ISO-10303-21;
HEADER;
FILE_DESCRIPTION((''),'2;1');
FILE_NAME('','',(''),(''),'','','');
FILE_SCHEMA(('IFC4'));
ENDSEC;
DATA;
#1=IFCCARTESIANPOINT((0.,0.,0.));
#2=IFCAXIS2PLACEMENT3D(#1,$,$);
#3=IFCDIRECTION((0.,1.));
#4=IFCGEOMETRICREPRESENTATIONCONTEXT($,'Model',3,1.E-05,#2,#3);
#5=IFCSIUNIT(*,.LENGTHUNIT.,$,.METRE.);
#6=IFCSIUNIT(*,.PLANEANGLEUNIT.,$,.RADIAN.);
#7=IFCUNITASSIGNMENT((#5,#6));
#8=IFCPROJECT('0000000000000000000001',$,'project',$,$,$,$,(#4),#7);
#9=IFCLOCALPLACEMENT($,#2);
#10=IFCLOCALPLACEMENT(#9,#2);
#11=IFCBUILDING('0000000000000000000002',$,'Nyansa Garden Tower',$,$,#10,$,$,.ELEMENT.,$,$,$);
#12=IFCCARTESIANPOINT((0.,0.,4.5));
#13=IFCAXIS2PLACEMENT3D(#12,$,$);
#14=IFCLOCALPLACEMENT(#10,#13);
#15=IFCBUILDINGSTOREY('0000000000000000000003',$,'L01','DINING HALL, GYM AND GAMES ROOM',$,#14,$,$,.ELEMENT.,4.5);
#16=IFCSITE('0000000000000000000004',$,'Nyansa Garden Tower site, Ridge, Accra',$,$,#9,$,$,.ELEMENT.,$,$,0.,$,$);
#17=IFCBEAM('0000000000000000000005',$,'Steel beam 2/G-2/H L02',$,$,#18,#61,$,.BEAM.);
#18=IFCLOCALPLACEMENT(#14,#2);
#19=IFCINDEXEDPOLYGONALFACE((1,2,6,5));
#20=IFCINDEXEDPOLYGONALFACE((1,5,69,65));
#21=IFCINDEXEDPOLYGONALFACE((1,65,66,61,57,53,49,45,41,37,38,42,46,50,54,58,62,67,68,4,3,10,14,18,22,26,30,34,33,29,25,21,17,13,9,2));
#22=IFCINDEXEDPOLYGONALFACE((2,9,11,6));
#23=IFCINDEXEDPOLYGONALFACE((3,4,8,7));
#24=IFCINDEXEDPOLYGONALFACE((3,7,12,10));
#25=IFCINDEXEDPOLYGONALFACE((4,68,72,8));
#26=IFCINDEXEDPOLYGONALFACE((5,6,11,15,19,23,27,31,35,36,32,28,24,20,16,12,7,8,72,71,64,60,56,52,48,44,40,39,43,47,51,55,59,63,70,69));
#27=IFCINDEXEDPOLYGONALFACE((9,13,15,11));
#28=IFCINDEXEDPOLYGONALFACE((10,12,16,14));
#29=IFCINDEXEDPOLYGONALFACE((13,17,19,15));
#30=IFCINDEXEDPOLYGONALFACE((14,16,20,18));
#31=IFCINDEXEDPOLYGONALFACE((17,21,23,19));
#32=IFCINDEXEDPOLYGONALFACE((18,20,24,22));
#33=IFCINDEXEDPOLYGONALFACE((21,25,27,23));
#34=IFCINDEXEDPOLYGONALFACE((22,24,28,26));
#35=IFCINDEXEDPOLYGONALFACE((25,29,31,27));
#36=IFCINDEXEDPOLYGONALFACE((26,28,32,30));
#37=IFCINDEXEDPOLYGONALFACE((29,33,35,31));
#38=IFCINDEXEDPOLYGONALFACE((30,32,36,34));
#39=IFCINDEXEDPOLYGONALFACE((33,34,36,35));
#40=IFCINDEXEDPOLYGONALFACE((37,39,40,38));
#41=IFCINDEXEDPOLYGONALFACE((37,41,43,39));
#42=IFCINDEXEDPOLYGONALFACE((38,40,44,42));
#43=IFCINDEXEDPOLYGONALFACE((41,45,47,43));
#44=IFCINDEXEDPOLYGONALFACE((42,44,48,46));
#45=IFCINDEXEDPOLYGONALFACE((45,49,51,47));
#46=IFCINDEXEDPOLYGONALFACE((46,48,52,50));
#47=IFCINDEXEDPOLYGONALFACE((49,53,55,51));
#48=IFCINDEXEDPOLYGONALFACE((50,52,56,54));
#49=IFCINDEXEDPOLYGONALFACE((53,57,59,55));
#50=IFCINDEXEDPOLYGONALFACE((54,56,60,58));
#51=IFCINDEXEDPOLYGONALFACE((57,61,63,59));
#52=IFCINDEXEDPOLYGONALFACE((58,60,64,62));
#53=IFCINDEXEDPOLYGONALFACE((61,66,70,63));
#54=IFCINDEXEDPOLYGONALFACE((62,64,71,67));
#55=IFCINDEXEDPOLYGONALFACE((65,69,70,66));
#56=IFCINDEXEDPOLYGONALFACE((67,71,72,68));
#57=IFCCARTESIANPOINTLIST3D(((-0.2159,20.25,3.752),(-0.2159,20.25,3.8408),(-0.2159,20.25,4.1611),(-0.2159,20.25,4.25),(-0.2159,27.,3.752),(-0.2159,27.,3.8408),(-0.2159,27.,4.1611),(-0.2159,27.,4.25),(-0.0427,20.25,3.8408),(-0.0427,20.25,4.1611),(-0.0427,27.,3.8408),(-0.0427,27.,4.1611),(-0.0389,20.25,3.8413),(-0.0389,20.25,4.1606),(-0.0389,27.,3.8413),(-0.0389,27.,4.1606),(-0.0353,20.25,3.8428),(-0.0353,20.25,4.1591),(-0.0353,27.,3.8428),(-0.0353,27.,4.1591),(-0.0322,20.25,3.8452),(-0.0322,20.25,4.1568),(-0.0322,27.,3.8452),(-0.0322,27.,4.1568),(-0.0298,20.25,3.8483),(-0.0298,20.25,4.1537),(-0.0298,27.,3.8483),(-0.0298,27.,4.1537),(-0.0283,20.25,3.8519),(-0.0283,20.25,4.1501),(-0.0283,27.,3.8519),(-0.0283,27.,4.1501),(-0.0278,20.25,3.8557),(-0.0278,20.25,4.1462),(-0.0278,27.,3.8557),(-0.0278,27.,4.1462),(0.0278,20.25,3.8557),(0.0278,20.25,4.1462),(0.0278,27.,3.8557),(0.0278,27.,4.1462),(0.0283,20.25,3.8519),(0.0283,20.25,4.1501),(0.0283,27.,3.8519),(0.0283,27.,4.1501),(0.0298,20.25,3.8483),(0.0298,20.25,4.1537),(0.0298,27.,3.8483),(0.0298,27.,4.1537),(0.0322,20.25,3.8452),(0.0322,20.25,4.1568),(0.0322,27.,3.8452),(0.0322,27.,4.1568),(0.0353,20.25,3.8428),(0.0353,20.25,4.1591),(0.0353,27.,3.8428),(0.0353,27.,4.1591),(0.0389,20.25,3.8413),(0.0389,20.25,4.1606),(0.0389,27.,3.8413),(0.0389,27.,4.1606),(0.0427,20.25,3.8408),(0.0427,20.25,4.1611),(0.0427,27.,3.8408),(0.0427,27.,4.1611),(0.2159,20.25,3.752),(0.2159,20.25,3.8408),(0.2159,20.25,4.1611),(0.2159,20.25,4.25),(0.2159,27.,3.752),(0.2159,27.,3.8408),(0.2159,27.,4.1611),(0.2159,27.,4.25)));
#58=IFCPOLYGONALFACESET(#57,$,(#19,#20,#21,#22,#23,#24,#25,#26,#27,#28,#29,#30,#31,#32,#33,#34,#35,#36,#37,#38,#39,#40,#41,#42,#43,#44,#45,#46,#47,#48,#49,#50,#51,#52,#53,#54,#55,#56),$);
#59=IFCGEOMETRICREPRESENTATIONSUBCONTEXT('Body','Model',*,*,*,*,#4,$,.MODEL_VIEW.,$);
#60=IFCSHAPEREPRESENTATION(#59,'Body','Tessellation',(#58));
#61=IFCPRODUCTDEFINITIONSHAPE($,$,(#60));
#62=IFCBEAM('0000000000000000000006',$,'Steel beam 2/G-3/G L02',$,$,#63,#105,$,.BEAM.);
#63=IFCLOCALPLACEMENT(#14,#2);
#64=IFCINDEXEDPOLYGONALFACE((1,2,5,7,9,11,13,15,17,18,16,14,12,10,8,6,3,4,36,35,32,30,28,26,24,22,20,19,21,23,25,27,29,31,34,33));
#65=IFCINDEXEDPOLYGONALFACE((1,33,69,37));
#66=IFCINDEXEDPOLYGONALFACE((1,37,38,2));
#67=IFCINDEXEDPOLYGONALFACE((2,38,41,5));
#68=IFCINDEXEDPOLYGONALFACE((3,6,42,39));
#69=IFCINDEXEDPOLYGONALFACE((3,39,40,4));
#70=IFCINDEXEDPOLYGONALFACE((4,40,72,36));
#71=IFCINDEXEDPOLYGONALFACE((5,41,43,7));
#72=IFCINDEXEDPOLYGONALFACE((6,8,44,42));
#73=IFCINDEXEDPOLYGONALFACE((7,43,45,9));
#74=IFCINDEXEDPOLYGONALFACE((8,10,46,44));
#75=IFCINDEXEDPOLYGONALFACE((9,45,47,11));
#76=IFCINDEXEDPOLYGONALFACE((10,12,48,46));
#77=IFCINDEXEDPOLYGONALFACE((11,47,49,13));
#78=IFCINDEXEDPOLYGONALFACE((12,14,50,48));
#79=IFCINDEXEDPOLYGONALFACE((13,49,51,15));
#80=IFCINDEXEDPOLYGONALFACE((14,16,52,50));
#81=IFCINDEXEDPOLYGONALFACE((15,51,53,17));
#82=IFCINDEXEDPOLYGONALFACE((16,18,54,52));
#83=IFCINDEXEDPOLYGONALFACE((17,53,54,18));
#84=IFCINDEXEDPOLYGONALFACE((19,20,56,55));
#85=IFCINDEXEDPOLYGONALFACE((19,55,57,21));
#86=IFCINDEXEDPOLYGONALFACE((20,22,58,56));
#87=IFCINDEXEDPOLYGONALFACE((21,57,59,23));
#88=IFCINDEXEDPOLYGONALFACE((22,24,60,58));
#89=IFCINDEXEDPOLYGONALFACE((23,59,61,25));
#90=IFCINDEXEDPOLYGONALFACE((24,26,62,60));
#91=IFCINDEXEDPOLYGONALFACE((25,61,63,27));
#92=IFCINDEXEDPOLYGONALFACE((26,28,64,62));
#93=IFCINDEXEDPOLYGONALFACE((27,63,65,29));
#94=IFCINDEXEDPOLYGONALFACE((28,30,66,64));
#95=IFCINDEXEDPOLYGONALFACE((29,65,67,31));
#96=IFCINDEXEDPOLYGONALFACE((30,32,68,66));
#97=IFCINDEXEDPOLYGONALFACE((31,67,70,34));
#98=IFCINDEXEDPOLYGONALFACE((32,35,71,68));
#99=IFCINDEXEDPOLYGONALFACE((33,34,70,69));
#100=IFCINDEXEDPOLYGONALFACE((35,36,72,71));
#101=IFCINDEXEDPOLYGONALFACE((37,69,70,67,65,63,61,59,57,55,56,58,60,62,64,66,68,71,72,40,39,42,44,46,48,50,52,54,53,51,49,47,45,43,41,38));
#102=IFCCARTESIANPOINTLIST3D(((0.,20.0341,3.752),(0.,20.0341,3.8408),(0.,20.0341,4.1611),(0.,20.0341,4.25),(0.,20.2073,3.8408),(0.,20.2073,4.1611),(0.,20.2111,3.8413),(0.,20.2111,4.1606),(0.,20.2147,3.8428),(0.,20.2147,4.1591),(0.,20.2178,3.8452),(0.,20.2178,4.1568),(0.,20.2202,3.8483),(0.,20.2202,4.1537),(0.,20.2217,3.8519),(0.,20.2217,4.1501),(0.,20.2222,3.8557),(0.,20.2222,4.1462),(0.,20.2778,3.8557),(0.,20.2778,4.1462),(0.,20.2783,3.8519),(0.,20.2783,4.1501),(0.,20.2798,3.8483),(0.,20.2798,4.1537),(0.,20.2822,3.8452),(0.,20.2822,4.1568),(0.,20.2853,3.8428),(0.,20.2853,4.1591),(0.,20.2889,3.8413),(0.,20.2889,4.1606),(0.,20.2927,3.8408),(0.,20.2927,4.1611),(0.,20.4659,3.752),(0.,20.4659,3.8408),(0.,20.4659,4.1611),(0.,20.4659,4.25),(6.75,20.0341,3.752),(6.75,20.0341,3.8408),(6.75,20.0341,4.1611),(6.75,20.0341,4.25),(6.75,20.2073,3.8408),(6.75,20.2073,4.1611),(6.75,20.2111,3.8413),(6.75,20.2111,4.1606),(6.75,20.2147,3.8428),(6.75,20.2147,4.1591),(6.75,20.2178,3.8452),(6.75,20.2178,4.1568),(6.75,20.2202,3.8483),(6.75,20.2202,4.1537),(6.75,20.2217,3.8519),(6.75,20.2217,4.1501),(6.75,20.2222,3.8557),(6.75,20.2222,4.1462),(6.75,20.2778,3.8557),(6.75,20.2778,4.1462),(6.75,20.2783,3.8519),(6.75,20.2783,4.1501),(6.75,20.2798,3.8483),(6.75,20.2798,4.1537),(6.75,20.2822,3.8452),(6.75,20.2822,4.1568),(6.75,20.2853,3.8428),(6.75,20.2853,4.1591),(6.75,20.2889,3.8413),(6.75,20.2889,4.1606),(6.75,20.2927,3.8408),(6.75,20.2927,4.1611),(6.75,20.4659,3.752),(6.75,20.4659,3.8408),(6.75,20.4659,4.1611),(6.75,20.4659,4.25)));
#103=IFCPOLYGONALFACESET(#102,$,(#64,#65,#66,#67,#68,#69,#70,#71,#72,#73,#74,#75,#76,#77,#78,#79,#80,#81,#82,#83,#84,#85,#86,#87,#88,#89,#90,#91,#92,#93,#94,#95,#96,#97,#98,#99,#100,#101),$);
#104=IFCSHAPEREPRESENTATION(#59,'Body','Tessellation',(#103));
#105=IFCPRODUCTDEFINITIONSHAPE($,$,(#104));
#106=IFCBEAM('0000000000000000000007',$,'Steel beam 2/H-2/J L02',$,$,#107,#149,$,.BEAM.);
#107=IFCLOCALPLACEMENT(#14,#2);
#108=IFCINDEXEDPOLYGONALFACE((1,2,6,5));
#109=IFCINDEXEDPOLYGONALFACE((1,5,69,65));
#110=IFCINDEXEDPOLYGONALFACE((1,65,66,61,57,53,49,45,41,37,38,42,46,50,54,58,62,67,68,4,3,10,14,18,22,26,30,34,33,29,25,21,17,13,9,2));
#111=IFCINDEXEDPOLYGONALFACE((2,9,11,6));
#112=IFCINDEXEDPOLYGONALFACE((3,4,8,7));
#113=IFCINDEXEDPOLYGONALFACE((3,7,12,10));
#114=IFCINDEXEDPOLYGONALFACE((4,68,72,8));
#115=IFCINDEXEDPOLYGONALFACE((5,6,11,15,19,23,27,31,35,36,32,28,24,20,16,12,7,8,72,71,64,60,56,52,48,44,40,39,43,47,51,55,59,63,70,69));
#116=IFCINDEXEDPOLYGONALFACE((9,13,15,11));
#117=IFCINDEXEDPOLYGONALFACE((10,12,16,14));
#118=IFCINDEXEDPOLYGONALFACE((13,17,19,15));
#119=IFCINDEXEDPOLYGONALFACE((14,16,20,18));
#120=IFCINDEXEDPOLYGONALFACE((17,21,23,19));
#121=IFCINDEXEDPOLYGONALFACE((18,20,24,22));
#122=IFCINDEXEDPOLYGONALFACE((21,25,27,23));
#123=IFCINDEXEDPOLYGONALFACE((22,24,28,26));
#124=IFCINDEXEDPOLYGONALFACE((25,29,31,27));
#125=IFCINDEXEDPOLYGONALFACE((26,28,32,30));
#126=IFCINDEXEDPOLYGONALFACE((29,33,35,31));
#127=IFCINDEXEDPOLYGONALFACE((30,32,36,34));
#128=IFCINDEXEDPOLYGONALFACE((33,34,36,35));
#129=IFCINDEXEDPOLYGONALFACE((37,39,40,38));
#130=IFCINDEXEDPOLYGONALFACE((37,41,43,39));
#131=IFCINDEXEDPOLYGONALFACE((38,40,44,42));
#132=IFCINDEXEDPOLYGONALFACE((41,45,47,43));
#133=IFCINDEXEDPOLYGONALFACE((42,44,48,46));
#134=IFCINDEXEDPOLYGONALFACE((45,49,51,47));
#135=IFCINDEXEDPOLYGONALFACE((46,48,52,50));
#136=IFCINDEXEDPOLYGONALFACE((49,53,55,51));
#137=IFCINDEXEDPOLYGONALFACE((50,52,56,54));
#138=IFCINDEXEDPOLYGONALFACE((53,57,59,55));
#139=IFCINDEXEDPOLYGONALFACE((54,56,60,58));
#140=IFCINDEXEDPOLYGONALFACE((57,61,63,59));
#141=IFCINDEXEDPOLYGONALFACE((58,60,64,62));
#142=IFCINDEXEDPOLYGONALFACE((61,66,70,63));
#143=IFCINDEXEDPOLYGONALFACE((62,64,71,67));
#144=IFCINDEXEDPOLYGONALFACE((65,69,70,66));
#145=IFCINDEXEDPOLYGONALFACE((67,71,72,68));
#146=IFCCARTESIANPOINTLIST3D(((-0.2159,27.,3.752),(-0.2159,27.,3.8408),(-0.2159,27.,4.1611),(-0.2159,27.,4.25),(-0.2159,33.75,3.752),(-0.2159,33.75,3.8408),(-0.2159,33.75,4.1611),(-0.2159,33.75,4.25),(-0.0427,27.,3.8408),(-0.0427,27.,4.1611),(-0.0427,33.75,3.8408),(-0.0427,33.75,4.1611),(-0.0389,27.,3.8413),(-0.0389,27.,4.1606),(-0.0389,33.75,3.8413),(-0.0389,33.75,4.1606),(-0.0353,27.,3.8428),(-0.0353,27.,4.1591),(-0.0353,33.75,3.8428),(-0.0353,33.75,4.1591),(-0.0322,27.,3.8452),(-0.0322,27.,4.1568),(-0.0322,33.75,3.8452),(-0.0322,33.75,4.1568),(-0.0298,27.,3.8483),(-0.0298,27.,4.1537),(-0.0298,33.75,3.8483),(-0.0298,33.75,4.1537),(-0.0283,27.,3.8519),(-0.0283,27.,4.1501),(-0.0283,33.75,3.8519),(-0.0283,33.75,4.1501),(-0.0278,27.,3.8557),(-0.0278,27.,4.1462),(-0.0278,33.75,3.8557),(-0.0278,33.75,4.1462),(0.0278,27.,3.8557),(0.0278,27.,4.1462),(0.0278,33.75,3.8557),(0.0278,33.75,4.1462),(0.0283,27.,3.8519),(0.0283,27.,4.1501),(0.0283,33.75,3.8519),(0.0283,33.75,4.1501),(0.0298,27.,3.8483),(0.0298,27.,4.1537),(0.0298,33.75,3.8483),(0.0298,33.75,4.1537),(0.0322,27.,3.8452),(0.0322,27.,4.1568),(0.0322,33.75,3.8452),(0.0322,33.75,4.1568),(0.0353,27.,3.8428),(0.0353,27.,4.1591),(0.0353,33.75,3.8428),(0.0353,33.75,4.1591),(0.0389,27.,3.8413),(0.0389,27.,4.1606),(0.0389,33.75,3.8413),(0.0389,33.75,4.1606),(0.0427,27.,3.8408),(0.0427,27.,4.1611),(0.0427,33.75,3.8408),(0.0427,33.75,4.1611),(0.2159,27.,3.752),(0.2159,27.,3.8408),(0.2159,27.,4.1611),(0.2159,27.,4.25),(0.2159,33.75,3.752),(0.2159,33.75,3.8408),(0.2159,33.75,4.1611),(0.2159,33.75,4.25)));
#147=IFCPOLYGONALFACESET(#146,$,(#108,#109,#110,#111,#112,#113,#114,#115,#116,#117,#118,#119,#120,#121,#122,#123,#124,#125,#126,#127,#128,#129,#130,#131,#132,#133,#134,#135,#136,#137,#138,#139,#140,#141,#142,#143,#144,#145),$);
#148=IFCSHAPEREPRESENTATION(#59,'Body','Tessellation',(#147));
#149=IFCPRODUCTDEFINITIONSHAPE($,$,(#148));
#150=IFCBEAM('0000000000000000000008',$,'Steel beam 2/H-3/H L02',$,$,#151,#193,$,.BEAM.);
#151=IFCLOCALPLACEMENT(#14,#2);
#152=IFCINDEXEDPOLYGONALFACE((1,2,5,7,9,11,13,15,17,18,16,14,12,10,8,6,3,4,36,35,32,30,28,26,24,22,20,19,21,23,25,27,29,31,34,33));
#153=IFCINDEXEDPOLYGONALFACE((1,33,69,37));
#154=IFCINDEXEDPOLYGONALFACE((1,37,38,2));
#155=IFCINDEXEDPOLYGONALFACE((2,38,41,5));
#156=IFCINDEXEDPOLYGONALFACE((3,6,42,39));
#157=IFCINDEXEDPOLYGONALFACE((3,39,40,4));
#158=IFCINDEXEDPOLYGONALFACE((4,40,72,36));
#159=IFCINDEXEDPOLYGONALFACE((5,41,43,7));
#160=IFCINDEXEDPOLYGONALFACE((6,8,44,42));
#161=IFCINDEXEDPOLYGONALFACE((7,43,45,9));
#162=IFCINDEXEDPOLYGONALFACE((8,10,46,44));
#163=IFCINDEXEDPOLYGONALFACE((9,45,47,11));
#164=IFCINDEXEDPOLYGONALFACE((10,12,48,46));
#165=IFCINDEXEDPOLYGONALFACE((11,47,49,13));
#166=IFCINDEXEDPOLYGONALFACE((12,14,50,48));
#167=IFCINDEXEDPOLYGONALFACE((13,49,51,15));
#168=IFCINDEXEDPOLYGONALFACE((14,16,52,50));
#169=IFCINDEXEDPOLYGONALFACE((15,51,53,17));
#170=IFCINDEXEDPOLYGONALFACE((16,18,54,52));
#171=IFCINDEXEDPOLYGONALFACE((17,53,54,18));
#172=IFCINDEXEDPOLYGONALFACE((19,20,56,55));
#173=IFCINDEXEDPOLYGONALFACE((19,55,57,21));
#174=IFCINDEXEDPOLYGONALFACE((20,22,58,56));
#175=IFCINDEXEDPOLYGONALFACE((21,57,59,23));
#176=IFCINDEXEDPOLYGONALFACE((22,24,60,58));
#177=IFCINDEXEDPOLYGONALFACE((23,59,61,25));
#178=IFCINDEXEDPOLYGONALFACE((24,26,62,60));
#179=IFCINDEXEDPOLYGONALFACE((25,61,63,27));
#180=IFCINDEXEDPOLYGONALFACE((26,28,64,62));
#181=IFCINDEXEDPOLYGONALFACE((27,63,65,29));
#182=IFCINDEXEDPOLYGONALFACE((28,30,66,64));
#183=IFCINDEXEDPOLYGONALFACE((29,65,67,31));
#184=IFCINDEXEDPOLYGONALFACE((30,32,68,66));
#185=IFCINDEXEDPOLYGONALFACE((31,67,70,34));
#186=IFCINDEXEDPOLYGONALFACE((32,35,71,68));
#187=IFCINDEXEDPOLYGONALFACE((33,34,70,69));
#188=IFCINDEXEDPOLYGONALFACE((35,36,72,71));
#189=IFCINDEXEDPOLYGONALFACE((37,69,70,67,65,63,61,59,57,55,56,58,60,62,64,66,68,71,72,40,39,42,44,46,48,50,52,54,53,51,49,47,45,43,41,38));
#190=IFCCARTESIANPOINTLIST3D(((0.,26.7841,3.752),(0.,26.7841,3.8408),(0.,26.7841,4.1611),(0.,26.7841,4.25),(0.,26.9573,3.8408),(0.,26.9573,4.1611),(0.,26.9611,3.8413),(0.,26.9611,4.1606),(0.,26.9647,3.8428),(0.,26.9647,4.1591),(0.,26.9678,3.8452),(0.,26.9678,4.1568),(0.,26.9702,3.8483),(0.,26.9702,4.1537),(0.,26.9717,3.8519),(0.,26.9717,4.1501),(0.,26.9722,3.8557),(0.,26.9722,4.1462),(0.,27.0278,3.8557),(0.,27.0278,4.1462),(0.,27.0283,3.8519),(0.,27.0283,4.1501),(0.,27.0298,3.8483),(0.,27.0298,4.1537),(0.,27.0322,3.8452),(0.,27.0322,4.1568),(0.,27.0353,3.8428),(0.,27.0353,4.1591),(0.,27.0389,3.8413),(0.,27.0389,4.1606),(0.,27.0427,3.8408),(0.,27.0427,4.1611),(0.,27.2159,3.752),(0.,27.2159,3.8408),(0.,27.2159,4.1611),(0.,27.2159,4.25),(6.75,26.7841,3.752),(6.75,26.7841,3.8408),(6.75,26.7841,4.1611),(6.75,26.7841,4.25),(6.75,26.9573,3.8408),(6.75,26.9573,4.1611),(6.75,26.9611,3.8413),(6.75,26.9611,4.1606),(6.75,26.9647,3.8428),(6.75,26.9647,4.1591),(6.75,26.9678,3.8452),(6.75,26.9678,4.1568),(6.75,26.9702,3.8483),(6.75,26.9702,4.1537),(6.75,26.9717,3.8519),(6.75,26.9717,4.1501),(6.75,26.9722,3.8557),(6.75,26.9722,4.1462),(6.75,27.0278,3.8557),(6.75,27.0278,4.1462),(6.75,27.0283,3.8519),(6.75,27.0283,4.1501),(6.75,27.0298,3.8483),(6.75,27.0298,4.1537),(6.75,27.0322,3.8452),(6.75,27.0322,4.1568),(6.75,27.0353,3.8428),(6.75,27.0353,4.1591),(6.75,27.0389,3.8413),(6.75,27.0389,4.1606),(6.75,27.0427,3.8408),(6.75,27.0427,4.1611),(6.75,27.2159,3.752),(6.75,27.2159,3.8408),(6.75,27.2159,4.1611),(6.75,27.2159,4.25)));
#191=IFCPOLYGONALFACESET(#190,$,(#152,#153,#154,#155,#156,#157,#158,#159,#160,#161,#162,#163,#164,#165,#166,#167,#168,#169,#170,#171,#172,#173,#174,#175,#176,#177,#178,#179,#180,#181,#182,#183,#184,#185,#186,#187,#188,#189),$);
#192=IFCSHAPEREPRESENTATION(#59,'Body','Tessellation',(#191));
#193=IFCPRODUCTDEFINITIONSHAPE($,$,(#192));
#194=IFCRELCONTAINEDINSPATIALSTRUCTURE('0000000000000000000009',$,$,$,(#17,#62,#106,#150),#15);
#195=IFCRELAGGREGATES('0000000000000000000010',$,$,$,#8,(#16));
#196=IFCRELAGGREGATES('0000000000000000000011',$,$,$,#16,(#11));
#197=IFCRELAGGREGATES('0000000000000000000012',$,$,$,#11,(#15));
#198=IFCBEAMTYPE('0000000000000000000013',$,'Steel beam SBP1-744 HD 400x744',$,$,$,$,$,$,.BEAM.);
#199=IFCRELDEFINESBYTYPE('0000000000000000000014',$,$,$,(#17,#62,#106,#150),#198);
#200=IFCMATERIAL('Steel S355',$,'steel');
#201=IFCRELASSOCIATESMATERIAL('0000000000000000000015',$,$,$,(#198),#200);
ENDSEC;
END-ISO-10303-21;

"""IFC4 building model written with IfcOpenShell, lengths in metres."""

from ifc_helpers import new_model, si_unit, direction, frame, origin, origin_2d, place, context, subcontext, project, spatial, i_section, extrude, material, material_profile, profile_set, type_object, element, save


model = new_model("IFC4")

# Units and contexts
model_context = context("Model", 3, precision=1e-05, world=origin(), true_north=direction((0.0, 1.0)))
body_context = subcontext(model_context, "Body", "Model", "MODEL_VIEW")
ifc_project = project(units=[si_unit("LENGTHUNIT", "METRE"), si_unit("PLANEANGLEUNIT", "RADIAN")], contexts=[model_context])

# Site, building, storey
site_placement = place(None, origin())
site = spatial("IfcSite", under=ifc_project, at=site_placement, Name="Nyansa Garden Tower site, Ridge, Accra", CompositionType="ELEMENT", RefElevation=0.0)
building_placement = place(site_placement, origin())
building = spatial("IfcBuilding", under=site, at=building_placement, Name="Nyansa Garden Tower", CompositionType="ELEMENT")
storey_placement = place(building_placement, frame((0.0, 0.0, 4.5)))
storey = spatial("IfcBuildingStorey", under=building, at=storey_placement, Name="L01", Description="DINING HALL, GYM AND GAMES ROOM", CompositionType="ELEMENT", Elevation=4.5)

# Beams
ifc_material_1 = material(Name="Steel S355", Category="steel")
ifc_material_profile_1 = material_profile(ifc_material_1, i_section(OverallWidth=0.4319, OverallDepth=0.498, WebThickness=0.0557, FlangeThickness=0.0889, FilletRadius=0.0149, at=origin_2d()), Name="HD 400x744")
ifc_profile_set_1 = profile_set([ifc_material_profile_1], Name="Steel S355")
beam_type_1 = type_object("IfcBeamType", Name="Steel beam SBP1-744 HD 400x744", PredefinedType="BEAM", material=ifc_profile_set_1)
for number, where, z_axis, x_axis, name in (
    (1, (0.0, 20.25, 4.001), (0.0, 1.0, 0.0), (-1.0, 0.0, 0.0), "Steel beam 2/G-2/H L02"),
    (2, (0.0, 20.25, 4.001), (1.0, 0.0, 0.0), (0.0, 1.0, 0.0), "Steel beam 2/G-3/G L02"),
    (3, (0.0, 27.0, 4.001), (0.0, 1.0, 0.0), (-1.0, 0.0, 0.0), "Steel beam 2/H-2/J L02"),
    (4, (0.0, 27.0, 4.001), (1.0, 0.0, 0.0), (0.0, 1.0, 0.0), "Steel beam 2/H-3/H L02"),
):
    element("IfcBeam", number, at=place(storey_placement, frame(where, z_axis=z_axis, x_axis=x_axis)), inside=storey, type_object=beam_type_1, Name=name, PredefinedType="BEAM", context=body_context, shape_type="SweptSolid", body=[
        extrude(i_section(OverallWidth=0.4319, OverallDepth=0.498, WebThickness=0.0557, FlangeThickness=0.0889, FilletRadius=0.0149, at=origin_2d()), origin(), (0.0, 0.0, 1.0), 6.75),
    ])

save(model, "model.ifc")
